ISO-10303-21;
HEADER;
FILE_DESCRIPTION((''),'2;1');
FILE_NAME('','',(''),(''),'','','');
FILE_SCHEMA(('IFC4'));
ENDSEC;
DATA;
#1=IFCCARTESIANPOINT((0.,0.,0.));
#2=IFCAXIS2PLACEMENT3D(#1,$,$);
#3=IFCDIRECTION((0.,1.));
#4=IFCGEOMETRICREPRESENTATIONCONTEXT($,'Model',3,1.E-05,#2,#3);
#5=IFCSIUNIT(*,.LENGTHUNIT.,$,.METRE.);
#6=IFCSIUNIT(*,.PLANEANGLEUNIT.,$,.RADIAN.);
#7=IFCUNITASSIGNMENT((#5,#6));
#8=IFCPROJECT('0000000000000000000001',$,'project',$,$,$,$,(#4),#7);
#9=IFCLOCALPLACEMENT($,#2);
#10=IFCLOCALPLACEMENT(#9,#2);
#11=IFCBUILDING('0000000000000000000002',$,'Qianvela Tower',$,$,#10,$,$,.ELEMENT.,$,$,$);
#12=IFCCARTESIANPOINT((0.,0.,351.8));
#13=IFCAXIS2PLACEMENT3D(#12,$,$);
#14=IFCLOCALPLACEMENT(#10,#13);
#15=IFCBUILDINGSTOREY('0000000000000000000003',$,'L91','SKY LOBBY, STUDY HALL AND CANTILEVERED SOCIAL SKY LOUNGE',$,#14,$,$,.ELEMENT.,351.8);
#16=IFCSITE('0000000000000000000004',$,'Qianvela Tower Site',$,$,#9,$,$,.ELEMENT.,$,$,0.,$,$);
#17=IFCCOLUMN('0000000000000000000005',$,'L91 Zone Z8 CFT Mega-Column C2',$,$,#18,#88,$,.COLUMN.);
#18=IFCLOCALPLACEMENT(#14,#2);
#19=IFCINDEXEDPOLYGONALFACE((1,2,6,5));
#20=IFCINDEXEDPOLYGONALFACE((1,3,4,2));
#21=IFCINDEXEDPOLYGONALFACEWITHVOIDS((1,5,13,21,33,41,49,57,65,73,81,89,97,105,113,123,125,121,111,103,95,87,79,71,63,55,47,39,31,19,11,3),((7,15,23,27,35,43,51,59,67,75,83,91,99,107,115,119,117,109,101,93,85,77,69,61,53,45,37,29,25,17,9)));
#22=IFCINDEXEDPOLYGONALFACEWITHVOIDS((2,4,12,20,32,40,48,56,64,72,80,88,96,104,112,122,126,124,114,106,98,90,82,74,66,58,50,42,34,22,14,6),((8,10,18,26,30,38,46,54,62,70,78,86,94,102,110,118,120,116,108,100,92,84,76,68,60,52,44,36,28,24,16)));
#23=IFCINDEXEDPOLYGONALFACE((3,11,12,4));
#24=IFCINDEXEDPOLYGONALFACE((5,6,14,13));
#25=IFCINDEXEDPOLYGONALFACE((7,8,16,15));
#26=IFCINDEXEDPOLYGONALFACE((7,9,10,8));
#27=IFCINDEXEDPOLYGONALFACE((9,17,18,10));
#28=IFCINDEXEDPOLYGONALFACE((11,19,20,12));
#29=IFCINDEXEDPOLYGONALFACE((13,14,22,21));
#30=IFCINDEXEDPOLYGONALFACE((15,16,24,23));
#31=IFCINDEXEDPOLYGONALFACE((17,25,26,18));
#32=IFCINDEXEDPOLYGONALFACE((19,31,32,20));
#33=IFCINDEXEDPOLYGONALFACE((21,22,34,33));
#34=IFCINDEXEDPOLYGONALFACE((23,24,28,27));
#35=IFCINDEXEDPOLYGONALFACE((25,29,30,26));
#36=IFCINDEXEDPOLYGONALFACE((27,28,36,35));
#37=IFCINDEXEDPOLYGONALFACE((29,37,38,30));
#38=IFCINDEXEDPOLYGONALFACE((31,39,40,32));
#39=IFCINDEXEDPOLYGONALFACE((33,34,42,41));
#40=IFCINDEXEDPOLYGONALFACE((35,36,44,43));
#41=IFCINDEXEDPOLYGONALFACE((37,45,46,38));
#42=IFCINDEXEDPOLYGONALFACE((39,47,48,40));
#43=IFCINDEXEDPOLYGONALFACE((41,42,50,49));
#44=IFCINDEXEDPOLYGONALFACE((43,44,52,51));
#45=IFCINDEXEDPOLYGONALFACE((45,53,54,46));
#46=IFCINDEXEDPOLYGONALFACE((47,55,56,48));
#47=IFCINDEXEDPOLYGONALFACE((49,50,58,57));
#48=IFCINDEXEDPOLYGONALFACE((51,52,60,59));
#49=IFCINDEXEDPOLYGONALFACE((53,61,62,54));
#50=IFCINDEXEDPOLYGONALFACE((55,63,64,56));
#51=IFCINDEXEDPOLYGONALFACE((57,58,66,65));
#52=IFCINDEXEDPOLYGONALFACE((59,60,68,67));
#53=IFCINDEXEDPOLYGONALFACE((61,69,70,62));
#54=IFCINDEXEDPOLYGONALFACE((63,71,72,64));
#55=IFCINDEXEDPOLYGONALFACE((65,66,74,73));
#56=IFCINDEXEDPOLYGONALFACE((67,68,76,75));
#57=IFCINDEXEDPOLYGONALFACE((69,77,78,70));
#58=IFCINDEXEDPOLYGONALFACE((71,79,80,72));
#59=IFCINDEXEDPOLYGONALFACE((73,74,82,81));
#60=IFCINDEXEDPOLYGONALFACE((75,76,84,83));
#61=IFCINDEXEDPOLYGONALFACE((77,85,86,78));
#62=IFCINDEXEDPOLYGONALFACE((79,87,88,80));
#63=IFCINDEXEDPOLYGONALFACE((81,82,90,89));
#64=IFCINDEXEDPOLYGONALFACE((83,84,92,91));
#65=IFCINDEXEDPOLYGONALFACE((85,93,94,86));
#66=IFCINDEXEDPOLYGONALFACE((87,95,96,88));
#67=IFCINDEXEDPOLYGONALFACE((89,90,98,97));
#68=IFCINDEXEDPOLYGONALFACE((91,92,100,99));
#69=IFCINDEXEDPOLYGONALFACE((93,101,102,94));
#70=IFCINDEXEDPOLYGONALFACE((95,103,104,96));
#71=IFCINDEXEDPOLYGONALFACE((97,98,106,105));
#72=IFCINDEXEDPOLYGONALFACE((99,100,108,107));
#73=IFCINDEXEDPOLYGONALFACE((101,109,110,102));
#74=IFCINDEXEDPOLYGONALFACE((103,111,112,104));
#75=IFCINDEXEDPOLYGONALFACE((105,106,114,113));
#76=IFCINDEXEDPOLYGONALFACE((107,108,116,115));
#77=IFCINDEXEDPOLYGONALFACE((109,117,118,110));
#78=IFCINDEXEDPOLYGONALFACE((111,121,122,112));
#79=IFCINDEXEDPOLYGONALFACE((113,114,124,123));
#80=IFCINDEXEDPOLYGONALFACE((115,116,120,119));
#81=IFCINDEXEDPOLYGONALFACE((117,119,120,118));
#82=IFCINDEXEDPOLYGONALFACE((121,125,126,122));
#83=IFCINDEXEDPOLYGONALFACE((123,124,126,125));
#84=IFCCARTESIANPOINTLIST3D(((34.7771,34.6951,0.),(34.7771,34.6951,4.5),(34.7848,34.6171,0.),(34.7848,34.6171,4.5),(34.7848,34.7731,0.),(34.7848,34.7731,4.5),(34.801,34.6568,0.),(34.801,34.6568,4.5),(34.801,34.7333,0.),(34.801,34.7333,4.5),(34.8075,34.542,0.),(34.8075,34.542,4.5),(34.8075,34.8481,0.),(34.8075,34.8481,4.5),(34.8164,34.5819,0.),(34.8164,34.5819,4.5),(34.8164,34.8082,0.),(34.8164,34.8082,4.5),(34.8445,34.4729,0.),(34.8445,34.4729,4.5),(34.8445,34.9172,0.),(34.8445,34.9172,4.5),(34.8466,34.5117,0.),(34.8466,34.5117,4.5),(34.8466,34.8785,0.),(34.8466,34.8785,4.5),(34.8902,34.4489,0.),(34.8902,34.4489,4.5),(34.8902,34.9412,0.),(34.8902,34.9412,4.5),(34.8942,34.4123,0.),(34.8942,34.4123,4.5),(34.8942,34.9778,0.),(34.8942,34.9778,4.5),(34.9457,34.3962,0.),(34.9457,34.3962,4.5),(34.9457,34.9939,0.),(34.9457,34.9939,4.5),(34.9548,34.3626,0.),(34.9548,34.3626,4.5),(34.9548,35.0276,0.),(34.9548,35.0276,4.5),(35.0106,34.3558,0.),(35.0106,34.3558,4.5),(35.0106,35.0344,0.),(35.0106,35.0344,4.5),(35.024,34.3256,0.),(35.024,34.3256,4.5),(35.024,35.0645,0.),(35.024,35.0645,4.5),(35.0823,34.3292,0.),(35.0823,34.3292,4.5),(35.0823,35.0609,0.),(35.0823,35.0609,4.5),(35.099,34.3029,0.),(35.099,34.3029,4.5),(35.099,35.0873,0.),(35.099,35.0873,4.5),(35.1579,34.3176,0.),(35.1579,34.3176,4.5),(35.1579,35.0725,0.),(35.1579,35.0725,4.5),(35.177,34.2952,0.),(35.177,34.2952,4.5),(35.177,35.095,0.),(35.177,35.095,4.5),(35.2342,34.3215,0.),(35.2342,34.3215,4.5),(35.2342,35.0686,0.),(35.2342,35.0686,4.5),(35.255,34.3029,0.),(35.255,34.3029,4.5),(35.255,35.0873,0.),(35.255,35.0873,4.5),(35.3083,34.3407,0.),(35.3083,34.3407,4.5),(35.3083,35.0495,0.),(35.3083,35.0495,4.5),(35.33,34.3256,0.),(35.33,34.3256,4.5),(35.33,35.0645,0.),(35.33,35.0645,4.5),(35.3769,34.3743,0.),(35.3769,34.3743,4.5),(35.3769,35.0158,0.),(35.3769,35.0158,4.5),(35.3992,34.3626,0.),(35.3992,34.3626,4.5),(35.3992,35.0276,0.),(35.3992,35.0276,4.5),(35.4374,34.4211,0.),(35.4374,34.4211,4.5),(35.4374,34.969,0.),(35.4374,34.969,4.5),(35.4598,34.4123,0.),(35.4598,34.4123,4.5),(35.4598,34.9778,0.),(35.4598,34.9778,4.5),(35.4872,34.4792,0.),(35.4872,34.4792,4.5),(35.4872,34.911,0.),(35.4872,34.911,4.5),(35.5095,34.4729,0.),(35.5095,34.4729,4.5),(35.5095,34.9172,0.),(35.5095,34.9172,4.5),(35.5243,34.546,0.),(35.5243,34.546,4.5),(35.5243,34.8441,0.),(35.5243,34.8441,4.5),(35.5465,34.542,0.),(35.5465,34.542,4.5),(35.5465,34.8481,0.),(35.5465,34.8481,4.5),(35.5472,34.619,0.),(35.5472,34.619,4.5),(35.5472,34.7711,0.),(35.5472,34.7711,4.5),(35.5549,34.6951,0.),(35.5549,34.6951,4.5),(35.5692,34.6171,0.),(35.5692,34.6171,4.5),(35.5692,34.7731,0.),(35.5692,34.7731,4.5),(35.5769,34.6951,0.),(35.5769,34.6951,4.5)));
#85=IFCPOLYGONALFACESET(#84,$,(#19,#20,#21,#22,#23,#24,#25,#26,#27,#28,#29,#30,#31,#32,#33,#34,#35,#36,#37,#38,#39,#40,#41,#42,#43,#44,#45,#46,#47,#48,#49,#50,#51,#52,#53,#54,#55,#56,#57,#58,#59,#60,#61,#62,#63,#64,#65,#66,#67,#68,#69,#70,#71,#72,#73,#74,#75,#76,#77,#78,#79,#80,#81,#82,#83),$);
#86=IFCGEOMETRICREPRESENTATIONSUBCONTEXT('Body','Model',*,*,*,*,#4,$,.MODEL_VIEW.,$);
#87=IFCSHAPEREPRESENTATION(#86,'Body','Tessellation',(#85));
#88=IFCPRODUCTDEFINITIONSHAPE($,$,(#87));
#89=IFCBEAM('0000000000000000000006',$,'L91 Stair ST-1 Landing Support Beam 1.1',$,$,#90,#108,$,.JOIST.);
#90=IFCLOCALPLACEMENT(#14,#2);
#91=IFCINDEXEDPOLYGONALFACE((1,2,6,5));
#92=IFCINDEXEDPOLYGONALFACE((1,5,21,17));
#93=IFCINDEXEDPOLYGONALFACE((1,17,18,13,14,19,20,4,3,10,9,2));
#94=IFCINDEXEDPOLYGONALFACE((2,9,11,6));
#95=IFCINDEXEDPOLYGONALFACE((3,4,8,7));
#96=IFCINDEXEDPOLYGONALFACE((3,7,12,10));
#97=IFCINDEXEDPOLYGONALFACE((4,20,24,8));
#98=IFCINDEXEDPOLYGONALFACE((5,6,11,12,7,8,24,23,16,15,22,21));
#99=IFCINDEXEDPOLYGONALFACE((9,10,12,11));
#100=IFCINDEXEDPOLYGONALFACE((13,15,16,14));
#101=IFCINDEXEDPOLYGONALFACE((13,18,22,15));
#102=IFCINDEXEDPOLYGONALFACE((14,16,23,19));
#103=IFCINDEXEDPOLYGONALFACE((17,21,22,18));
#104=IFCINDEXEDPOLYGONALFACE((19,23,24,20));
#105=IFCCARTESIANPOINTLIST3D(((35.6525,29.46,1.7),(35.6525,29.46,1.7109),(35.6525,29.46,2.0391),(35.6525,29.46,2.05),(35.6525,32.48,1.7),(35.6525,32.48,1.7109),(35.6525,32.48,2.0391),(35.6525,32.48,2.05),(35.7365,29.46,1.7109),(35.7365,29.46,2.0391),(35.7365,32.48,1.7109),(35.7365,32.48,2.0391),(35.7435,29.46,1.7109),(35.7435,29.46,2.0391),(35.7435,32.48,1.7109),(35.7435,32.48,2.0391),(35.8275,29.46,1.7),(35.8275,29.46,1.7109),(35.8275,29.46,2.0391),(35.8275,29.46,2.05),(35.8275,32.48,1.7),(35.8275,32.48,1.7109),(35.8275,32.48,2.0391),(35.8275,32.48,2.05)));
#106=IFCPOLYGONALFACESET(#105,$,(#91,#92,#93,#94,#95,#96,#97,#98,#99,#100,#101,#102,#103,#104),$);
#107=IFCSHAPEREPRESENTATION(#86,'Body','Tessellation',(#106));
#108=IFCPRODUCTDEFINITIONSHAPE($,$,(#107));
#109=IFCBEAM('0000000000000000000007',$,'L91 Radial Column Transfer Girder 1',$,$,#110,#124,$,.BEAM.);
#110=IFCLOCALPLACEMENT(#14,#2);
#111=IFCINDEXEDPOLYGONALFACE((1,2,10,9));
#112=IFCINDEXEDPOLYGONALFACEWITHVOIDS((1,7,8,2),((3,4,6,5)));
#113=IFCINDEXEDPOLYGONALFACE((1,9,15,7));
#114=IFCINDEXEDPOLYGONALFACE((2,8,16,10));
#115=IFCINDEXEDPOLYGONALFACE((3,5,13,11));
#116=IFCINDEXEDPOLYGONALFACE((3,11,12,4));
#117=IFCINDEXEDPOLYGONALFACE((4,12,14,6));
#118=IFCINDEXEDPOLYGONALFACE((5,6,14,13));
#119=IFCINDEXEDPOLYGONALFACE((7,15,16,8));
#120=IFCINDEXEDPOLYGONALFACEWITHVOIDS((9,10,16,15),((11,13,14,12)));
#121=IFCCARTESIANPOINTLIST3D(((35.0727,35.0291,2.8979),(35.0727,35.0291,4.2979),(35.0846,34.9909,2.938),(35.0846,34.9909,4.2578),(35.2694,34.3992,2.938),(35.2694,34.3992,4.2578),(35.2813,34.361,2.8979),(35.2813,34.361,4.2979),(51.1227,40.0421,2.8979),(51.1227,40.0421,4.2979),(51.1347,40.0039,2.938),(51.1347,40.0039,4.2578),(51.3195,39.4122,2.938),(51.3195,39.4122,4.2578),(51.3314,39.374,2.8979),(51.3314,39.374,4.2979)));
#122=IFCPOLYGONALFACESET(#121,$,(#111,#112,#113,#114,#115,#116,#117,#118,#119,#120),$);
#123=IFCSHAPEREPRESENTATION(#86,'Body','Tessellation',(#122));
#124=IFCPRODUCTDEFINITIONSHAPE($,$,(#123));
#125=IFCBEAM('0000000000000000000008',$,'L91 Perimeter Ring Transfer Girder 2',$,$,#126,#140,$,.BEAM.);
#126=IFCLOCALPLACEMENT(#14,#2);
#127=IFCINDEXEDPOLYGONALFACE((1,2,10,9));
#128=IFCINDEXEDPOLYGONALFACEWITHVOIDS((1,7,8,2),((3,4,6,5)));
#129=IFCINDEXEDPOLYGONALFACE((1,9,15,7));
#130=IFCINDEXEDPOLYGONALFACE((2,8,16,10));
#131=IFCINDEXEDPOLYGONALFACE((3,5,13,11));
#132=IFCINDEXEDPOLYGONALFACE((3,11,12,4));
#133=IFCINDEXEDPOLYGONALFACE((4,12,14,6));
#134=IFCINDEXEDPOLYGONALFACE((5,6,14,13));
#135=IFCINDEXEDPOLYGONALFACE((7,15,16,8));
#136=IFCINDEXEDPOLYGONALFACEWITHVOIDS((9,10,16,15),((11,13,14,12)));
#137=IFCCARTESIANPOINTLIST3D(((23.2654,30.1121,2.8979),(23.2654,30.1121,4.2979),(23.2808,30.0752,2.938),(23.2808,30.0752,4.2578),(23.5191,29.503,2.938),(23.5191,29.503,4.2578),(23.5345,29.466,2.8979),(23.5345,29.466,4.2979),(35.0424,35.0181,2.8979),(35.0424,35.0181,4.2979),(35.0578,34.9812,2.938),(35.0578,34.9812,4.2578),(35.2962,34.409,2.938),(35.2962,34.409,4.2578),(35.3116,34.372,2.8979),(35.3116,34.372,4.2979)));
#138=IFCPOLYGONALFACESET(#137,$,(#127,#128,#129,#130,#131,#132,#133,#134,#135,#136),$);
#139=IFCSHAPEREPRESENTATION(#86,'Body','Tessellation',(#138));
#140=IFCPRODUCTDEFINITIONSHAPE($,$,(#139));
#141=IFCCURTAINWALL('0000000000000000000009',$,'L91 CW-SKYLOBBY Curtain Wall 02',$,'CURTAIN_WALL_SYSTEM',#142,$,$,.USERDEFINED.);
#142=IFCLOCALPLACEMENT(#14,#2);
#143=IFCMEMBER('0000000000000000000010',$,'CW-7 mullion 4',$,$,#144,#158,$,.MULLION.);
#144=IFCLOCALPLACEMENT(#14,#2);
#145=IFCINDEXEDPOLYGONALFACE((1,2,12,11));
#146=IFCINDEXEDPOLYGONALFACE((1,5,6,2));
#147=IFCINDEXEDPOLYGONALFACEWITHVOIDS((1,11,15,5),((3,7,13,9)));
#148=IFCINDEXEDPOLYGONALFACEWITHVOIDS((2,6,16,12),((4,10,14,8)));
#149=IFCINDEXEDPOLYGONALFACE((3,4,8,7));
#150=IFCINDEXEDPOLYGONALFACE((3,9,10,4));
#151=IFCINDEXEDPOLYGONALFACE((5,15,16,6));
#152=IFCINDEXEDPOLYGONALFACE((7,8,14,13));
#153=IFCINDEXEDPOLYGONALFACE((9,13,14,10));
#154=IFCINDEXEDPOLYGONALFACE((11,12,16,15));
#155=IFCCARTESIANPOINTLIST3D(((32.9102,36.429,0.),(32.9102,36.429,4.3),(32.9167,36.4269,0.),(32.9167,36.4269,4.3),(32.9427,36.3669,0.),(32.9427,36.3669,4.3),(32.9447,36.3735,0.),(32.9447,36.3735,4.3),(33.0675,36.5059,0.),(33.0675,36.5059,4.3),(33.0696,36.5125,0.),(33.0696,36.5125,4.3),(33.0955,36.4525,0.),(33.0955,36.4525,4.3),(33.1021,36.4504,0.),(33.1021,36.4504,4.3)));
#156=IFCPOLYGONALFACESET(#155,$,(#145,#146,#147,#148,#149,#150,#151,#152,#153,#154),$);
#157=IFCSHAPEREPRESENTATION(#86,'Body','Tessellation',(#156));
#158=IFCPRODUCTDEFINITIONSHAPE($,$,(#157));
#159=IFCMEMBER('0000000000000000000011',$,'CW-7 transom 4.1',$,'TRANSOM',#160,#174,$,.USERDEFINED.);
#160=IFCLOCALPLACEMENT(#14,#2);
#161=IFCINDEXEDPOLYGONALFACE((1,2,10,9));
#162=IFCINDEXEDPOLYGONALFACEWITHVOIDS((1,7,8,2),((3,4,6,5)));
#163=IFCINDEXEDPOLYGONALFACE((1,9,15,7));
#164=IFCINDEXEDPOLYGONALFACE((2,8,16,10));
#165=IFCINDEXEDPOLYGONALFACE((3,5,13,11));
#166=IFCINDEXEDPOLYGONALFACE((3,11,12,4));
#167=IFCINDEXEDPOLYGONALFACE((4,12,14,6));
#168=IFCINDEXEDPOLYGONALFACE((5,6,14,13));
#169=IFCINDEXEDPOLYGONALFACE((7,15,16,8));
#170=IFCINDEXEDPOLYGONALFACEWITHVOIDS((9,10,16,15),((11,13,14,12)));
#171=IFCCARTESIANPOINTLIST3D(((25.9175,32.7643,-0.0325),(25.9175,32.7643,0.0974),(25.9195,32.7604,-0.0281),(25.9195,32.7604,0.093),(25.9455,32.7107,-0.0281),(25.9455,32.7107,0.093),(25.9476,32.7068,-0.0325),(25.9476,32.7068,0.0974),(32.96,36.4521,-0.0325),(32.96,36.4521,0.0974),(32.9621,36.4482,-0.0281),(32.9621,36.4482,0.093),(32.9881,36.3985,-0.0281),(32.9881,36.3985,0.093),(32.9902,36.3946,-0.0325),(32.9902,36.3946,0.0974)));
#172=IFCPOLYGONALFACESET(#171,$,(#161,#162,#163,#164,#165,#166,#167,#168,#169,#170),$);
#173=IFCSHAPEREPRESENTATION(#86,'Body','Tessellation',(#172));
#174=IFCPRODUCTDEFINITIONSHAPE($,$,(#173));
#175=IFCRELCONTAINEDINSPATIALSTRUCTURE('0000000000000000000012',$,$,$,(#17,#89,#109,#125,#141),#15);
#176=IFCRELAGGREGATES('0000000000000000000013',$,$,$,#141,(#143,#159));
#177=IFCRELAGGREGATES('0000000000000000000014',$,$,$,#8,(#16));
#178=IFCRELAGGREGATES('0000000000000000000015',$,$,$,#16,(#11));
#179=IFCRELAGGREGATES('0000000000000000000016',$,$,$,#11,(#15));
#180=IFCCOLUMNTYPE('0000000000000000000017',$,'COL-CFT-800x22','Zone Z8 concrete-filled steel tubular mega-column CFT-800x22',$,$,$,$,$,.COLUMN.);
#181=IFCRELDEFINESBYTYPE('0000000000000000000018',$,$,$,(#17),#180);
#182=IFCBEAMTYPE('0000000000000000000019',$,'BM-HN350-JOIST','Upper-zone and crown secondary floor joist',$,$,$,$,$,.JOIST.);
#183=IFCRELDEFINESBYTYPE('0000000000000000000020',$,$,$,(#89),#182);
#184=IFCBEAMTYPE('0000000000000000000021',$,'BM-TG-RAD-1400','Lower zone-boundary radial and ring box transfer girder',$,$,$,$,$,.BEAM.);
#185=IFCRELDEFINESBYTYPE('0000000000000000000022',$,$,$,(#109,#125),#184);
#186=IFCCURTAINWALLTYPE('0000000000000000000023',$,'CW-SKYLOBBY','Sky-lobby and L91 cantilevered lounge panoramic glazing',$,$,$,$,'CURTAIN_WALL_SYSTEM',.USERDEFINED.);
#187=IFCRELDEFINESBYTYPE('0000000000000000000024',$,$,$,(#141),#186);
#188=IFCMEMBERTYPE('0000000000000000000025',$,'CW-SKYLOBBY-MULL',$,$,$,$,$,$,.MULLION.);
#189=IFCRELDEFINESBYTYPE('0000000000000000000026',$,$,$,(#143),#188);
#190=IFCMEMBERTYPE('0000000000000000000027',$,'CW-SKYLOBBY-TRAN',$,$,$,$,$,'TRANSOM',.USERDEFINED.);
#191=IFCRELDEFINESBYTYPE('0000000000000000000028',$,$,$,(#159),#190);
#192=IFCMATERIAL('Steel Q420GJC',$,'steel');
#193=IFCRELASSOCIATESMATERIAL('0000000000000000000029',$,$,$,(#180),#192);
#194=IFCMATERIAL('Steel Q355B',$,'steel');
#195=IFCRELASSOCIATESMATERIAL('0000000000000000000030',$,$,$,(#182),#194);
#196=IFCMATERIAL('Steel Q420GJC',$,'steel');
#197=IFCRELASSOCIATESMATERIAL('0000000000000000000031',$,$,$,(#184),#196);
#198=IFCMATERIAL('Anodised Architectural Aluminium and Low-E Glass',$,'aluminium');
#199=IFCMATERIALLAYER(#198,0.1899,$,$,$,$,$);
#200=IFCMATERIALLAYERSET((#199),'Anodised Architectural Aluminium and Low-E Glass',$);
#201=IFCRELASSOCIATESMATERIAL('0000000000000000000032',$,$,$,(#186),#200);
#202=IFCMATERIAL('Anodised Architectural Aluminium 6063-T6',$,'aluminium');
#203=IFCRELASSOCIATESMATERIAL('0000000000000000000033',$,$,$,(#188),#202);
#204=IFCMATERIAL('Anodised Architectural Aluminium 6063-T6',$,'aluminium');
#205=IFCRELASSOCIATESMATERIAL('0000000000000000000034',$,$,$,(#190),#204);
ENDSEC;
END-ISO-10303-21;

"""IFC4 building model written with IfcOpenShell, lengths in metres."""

from ifc_helpers import new_model, si_unit, direction, frame, origin, origin_2d, place, context, subcontext, project, spatial, hollow_rectangle, hollow_circle, i_section, extrude, material, layer, layer_set, material_profile, profile_set, type_object, element, aggregate, save


model = new_model("IFC4")

# Units and contexts
model_context = context("Model", 3, precision=1e-05, world=origin(), true_north=direction((0.0, 1.0)))
body_context = subcontext(model_context, "Body", "Model", "MODEL_VIEW")
ifc_project = project(units=[si_unit("LENGTHUNIT", "METRE"), si_unit("PLANEANGLEUNIT", "RADIAN")], contexts=[model_context])

# Site, building, storey
site_placement = place(None, origin())
site = spatial("IfcSite", under=ifc_project, at=site_placement, Name="Qianvela Tower Site", CompositionType="ELEMENT", RefElevation=0.0)
building_placement = place(site_placement, origin())
building = spatial("IfcBuilding", under=site, at=building_placement, Name="Qianvela Tower", CompositionType="ELEMENT")
storey_placement = place(building_placement, frame((0.0, 0.0, 351.8)))
storey = spatial("IfcBuildingStorey", under=building, at=storey_placement, Name="L91", Description="SKY LOBBY, STUDY HALL AND CANTILEVERED SOCIAL SKY LOUNGE", CompositionType="ELEMENT", Elevation=351.8)

# Column
ifc_material_1 = material(Name="Steel Q420GJC", Category="steel")
ifc_material_profile_1 = material_profile(ifc_material_1, hollow_circle(Radius=0.3999, WallThickness=0.022, at=origin_2d()), Name="CFT-800x22")
ifc_profile_set_1 = profile_set([ifc_material_profile_1], Name="Steel Q420GJC")
column_type = type_object("IfcColumnType", Name="COL-CFT-800x22", Description="Zone Z8 concrete-filled steel tubular mega-column CFT-800x22", PredefinedType="COLUMN", material=ifc_profile_set_1)
column_placement = place(storey_placement, frame((35.177, 34.6951, 0.0), z_axis=(0.0, 0.0, 1.0), x_axis=(1.0, 0.0, 0.0)))
element("IfcColumn", 1, at=column_placement, inside=storey, type_object=column_type, Name="L91 Zone Z8 CFT Mega-Column C2", PredefinedType="COLUMN", context=body_context, shape_type="SweptSolid", body=[
    extrude(hollow_circle(Radius=0.3999, WallThickness=0.022, at=origin_2d()), origin(), (0.0, 0.0, 1.0), 4.5),
])

# Beams
ifc_material_2 = material(Name="Steel Q355B", Category="steel")
ifc_material_profile_2 = material_profile(ifc_material_2, i_section(OverallWidth=0.175, OverallDepth=0.3501, WebThickness=0.0071, FlangeThickness=0.011, at=origin_2d()), Name="HN350x175x7x11")
ifc_profile_set_2 = profile_set([ifc_material_profile_2], Name="Steel Q355B")
beam_type_1 = type_object("IfcBeamType", Name="BM-HN350-JOIST", Description="Upper-zone and crown secondary floor joist", PredefinedType="JOIST", material=ifc_profile_set_2)
beam_1_placement = place(storey_placement, frame((35.74, 29.46, 1.875), z_axis=(0.0, 1.0, 0.0), x_axis=(-1.0, 0.0, 0.0)))
element("IfcBeam", 2, at=beam_1_placement, inside=storey, type_object=beam_type_1, Name="L91 Stair ST-1 Landing Support Beam 1.1", PredefinedType="JOIST", context=body_context, shape_type="SweptSolid", body=[
    extrude(i_section(OverallWidth=0.175, OverallDepth=0.3501, WebThickness=0.0071, FlangeThickness=0.011, at=origin_2d()), origin(), (0.0, 0.0, 1.0), 3.02),
])
ifc_material_3 = material(Name="Steel Q420GJC", Category="steel")
ifc_material_profile_3 = material_profile(ifc_material_3, hollow_rectangle(XDim=0.7, YDim=1.3999, WallThickness=0.04, at=origin_2d()), Name="TG-BOX-1400x700x40")
ifc_profile_set_3 = profile_set([ifc_material_profile_3], Name="Steel Q420GJC")
beam_type_2 = type_object("IfcBeamType", Name="BM-TG-RAD-1400", Description="Lower zone-boundary radial and ring box transfer girder", PredefinedType="BEAM", material=ifc_profile_set_3)
beam_2_placement = place(storey_placement, frame((35.177, 34.6951, 3.5979), z_axis=(0.954526, 0.298129, 0.0), x_axis=(-0.298129, 0.954526, 0.0)))
element("IfcBeam", 3, at=beam_2_placement, inside=storey, type_object=beam_type_2, Name="L91 Radial Column Transfer Girder 1", PredefinedType="BEAM", context=body_context, shape_type="SweptSolid", body=[
    extrude(hollow_rectangle(XDim=0.7, YDim=1.3999, WallThickness=0.04, at=origin_2d()), origin(), (0.0, 0.0, 1.0), 16.8147),
])
beam_3_placement = place(storey_placement, frame((35.177, 34.6951, 3.5979), z_axis=(-0.923108, -0.384541, 0.0), x_axis=(0.384541, -0.923108, 0.0)))
element("IfcBeam", 4, at=beam_3_placement, inside=storey, type_object=beam_type_2, Name="L91 Perimeter Ring Transfer Girder 2", PredefinedType="BEAM", context=body_context, shape_type="SweptSolid", body=[
    extrude(hollow_rectangle(XDim=0.7, YDim=1.3999, WallThickness=0.04, at=origin_2d()), origin(), (0.0, 0.0, 1.0), 12.7581),
])

# Curtain wall, members
ifc_material_4 = material(Name="Anodised Architectural Aluminium and Low-E Glass", Category="aluminium")
ifc_layer_1 = layer(ifc_material_4, 0.1899)
ifc_layer_set_1 = layer_set([ifc_layer_1], Name="Anodised Architectural Aluminium and Low-E Glass")
curtain_wall_type = type_object("IfcCurtainWallType", Name="CW-SKYLOBBY", Description="Sky-lobby and L91 cantilevered lounge panoramic glazing", ElementType="CURTAIN_WALL_SYSTEM", PredefinedType="USERDEFINED", material=ifc_layer_set_1)
curtain_wall_placement = place(storey_placement, origin())
curtain_wall = element("IfcCurtainWall", 5, at=curtain_wall_placement, inside=storey, type_object=curtain_wall_type, Name="L91 CW-SKYLOBBY Curtain Wall 02", ObjectType="CURTAIN_WALL_SYSTEM", PredefinedType="USERDEFINED")
ifc_material_5 = material(Name="Anodised Architectural Aluminium 6063-T6", Category="aluminium")
ifc_material_profile_4 = material_profile(ifc_material_5, hollow_rectangle(XDim=0.0701, YDim=0.1799, WallThickness=0.0049, at=origin_2d()), Name="ALU-MULL-70x180")
ifc_profile_set_4 = profile_set([ifc_material_profile_4], Name="Anodised Architectural Aluminium 6063-T6")
member_type_1 = type_object("IfcMemberType", Name="CW-SKYLOBBY-MULL", PredefinedType="MULLION", material=ifc_profile_set_4)
member_1_placement = place(storey_placement, frame((33.0061, 36.4397, 0.0), z_axis=(0.0, 0.0, 1.0), x_axis=(0.46389, -0.885893, 0.0)))
member_1 = element("IfcMember", 6, at=member_1_placement, type_object=member_type_1, Name="CW-7 mullion 4", PredefinedType="MULLION", context=body_context, shape_type="SweptSolid", body=[
    extrude(hollow_rectangle(XDim=0.0701, YDim=0.1799, WallThickness=0.0049, at=origin_2d()), origin(), (0.0, 0.0, 1.0), 4.3),
])
ifc_material_6 = material(Name="Anodised Architectural Aluminium 6063-T6", Category="aluminium")
ifc_material_profile_5 = material_profile(ifc_material_6, hollow_rectangle(XDim=0.0649, YDim=0.1299, WallThickness=0.0044, at=origin_2d()), Name="ALU-TRAN-65x130")
ifc_profile_set_5 = profile_set([ifc_material_profile_5], Name="Anodised Architectural Aluminium 6063-T6")
member_type_2 = type_object("IfcMemberType", Name="CW-SKYLOBBY-TRAN", ElementType="TRANSOM", PredefinedType="USERDEFINED", material=ifc_profile_set_5)
member_2_placement = place(storey_placement, frame((32.9751, 36.4233, 0.0325), z_axis=(-0.885892, -0.463891, 0.0), x_axis=(0.463891, -0.885892, 0.0)))
member_2 = element("IfcMember", 7, at=member_2_placement, type_object=member_type_2, Name="CW-7 transom 4.1", ObjectType="TRANSOM", PredefinedType="USERDEFINED", context=body_context, shape_type="SweptSolid", body=[
    extrude(hollow_rectangle(XDim=0.0649, YDim=0.1299, WallThickness=0.0044, at=origin_2d()), origin(), (0.0, 0.0, 1.0), 7.9497),
])
aggregate(curtain_wall, [member_1, member_2])

save(model, "model.ifc")
